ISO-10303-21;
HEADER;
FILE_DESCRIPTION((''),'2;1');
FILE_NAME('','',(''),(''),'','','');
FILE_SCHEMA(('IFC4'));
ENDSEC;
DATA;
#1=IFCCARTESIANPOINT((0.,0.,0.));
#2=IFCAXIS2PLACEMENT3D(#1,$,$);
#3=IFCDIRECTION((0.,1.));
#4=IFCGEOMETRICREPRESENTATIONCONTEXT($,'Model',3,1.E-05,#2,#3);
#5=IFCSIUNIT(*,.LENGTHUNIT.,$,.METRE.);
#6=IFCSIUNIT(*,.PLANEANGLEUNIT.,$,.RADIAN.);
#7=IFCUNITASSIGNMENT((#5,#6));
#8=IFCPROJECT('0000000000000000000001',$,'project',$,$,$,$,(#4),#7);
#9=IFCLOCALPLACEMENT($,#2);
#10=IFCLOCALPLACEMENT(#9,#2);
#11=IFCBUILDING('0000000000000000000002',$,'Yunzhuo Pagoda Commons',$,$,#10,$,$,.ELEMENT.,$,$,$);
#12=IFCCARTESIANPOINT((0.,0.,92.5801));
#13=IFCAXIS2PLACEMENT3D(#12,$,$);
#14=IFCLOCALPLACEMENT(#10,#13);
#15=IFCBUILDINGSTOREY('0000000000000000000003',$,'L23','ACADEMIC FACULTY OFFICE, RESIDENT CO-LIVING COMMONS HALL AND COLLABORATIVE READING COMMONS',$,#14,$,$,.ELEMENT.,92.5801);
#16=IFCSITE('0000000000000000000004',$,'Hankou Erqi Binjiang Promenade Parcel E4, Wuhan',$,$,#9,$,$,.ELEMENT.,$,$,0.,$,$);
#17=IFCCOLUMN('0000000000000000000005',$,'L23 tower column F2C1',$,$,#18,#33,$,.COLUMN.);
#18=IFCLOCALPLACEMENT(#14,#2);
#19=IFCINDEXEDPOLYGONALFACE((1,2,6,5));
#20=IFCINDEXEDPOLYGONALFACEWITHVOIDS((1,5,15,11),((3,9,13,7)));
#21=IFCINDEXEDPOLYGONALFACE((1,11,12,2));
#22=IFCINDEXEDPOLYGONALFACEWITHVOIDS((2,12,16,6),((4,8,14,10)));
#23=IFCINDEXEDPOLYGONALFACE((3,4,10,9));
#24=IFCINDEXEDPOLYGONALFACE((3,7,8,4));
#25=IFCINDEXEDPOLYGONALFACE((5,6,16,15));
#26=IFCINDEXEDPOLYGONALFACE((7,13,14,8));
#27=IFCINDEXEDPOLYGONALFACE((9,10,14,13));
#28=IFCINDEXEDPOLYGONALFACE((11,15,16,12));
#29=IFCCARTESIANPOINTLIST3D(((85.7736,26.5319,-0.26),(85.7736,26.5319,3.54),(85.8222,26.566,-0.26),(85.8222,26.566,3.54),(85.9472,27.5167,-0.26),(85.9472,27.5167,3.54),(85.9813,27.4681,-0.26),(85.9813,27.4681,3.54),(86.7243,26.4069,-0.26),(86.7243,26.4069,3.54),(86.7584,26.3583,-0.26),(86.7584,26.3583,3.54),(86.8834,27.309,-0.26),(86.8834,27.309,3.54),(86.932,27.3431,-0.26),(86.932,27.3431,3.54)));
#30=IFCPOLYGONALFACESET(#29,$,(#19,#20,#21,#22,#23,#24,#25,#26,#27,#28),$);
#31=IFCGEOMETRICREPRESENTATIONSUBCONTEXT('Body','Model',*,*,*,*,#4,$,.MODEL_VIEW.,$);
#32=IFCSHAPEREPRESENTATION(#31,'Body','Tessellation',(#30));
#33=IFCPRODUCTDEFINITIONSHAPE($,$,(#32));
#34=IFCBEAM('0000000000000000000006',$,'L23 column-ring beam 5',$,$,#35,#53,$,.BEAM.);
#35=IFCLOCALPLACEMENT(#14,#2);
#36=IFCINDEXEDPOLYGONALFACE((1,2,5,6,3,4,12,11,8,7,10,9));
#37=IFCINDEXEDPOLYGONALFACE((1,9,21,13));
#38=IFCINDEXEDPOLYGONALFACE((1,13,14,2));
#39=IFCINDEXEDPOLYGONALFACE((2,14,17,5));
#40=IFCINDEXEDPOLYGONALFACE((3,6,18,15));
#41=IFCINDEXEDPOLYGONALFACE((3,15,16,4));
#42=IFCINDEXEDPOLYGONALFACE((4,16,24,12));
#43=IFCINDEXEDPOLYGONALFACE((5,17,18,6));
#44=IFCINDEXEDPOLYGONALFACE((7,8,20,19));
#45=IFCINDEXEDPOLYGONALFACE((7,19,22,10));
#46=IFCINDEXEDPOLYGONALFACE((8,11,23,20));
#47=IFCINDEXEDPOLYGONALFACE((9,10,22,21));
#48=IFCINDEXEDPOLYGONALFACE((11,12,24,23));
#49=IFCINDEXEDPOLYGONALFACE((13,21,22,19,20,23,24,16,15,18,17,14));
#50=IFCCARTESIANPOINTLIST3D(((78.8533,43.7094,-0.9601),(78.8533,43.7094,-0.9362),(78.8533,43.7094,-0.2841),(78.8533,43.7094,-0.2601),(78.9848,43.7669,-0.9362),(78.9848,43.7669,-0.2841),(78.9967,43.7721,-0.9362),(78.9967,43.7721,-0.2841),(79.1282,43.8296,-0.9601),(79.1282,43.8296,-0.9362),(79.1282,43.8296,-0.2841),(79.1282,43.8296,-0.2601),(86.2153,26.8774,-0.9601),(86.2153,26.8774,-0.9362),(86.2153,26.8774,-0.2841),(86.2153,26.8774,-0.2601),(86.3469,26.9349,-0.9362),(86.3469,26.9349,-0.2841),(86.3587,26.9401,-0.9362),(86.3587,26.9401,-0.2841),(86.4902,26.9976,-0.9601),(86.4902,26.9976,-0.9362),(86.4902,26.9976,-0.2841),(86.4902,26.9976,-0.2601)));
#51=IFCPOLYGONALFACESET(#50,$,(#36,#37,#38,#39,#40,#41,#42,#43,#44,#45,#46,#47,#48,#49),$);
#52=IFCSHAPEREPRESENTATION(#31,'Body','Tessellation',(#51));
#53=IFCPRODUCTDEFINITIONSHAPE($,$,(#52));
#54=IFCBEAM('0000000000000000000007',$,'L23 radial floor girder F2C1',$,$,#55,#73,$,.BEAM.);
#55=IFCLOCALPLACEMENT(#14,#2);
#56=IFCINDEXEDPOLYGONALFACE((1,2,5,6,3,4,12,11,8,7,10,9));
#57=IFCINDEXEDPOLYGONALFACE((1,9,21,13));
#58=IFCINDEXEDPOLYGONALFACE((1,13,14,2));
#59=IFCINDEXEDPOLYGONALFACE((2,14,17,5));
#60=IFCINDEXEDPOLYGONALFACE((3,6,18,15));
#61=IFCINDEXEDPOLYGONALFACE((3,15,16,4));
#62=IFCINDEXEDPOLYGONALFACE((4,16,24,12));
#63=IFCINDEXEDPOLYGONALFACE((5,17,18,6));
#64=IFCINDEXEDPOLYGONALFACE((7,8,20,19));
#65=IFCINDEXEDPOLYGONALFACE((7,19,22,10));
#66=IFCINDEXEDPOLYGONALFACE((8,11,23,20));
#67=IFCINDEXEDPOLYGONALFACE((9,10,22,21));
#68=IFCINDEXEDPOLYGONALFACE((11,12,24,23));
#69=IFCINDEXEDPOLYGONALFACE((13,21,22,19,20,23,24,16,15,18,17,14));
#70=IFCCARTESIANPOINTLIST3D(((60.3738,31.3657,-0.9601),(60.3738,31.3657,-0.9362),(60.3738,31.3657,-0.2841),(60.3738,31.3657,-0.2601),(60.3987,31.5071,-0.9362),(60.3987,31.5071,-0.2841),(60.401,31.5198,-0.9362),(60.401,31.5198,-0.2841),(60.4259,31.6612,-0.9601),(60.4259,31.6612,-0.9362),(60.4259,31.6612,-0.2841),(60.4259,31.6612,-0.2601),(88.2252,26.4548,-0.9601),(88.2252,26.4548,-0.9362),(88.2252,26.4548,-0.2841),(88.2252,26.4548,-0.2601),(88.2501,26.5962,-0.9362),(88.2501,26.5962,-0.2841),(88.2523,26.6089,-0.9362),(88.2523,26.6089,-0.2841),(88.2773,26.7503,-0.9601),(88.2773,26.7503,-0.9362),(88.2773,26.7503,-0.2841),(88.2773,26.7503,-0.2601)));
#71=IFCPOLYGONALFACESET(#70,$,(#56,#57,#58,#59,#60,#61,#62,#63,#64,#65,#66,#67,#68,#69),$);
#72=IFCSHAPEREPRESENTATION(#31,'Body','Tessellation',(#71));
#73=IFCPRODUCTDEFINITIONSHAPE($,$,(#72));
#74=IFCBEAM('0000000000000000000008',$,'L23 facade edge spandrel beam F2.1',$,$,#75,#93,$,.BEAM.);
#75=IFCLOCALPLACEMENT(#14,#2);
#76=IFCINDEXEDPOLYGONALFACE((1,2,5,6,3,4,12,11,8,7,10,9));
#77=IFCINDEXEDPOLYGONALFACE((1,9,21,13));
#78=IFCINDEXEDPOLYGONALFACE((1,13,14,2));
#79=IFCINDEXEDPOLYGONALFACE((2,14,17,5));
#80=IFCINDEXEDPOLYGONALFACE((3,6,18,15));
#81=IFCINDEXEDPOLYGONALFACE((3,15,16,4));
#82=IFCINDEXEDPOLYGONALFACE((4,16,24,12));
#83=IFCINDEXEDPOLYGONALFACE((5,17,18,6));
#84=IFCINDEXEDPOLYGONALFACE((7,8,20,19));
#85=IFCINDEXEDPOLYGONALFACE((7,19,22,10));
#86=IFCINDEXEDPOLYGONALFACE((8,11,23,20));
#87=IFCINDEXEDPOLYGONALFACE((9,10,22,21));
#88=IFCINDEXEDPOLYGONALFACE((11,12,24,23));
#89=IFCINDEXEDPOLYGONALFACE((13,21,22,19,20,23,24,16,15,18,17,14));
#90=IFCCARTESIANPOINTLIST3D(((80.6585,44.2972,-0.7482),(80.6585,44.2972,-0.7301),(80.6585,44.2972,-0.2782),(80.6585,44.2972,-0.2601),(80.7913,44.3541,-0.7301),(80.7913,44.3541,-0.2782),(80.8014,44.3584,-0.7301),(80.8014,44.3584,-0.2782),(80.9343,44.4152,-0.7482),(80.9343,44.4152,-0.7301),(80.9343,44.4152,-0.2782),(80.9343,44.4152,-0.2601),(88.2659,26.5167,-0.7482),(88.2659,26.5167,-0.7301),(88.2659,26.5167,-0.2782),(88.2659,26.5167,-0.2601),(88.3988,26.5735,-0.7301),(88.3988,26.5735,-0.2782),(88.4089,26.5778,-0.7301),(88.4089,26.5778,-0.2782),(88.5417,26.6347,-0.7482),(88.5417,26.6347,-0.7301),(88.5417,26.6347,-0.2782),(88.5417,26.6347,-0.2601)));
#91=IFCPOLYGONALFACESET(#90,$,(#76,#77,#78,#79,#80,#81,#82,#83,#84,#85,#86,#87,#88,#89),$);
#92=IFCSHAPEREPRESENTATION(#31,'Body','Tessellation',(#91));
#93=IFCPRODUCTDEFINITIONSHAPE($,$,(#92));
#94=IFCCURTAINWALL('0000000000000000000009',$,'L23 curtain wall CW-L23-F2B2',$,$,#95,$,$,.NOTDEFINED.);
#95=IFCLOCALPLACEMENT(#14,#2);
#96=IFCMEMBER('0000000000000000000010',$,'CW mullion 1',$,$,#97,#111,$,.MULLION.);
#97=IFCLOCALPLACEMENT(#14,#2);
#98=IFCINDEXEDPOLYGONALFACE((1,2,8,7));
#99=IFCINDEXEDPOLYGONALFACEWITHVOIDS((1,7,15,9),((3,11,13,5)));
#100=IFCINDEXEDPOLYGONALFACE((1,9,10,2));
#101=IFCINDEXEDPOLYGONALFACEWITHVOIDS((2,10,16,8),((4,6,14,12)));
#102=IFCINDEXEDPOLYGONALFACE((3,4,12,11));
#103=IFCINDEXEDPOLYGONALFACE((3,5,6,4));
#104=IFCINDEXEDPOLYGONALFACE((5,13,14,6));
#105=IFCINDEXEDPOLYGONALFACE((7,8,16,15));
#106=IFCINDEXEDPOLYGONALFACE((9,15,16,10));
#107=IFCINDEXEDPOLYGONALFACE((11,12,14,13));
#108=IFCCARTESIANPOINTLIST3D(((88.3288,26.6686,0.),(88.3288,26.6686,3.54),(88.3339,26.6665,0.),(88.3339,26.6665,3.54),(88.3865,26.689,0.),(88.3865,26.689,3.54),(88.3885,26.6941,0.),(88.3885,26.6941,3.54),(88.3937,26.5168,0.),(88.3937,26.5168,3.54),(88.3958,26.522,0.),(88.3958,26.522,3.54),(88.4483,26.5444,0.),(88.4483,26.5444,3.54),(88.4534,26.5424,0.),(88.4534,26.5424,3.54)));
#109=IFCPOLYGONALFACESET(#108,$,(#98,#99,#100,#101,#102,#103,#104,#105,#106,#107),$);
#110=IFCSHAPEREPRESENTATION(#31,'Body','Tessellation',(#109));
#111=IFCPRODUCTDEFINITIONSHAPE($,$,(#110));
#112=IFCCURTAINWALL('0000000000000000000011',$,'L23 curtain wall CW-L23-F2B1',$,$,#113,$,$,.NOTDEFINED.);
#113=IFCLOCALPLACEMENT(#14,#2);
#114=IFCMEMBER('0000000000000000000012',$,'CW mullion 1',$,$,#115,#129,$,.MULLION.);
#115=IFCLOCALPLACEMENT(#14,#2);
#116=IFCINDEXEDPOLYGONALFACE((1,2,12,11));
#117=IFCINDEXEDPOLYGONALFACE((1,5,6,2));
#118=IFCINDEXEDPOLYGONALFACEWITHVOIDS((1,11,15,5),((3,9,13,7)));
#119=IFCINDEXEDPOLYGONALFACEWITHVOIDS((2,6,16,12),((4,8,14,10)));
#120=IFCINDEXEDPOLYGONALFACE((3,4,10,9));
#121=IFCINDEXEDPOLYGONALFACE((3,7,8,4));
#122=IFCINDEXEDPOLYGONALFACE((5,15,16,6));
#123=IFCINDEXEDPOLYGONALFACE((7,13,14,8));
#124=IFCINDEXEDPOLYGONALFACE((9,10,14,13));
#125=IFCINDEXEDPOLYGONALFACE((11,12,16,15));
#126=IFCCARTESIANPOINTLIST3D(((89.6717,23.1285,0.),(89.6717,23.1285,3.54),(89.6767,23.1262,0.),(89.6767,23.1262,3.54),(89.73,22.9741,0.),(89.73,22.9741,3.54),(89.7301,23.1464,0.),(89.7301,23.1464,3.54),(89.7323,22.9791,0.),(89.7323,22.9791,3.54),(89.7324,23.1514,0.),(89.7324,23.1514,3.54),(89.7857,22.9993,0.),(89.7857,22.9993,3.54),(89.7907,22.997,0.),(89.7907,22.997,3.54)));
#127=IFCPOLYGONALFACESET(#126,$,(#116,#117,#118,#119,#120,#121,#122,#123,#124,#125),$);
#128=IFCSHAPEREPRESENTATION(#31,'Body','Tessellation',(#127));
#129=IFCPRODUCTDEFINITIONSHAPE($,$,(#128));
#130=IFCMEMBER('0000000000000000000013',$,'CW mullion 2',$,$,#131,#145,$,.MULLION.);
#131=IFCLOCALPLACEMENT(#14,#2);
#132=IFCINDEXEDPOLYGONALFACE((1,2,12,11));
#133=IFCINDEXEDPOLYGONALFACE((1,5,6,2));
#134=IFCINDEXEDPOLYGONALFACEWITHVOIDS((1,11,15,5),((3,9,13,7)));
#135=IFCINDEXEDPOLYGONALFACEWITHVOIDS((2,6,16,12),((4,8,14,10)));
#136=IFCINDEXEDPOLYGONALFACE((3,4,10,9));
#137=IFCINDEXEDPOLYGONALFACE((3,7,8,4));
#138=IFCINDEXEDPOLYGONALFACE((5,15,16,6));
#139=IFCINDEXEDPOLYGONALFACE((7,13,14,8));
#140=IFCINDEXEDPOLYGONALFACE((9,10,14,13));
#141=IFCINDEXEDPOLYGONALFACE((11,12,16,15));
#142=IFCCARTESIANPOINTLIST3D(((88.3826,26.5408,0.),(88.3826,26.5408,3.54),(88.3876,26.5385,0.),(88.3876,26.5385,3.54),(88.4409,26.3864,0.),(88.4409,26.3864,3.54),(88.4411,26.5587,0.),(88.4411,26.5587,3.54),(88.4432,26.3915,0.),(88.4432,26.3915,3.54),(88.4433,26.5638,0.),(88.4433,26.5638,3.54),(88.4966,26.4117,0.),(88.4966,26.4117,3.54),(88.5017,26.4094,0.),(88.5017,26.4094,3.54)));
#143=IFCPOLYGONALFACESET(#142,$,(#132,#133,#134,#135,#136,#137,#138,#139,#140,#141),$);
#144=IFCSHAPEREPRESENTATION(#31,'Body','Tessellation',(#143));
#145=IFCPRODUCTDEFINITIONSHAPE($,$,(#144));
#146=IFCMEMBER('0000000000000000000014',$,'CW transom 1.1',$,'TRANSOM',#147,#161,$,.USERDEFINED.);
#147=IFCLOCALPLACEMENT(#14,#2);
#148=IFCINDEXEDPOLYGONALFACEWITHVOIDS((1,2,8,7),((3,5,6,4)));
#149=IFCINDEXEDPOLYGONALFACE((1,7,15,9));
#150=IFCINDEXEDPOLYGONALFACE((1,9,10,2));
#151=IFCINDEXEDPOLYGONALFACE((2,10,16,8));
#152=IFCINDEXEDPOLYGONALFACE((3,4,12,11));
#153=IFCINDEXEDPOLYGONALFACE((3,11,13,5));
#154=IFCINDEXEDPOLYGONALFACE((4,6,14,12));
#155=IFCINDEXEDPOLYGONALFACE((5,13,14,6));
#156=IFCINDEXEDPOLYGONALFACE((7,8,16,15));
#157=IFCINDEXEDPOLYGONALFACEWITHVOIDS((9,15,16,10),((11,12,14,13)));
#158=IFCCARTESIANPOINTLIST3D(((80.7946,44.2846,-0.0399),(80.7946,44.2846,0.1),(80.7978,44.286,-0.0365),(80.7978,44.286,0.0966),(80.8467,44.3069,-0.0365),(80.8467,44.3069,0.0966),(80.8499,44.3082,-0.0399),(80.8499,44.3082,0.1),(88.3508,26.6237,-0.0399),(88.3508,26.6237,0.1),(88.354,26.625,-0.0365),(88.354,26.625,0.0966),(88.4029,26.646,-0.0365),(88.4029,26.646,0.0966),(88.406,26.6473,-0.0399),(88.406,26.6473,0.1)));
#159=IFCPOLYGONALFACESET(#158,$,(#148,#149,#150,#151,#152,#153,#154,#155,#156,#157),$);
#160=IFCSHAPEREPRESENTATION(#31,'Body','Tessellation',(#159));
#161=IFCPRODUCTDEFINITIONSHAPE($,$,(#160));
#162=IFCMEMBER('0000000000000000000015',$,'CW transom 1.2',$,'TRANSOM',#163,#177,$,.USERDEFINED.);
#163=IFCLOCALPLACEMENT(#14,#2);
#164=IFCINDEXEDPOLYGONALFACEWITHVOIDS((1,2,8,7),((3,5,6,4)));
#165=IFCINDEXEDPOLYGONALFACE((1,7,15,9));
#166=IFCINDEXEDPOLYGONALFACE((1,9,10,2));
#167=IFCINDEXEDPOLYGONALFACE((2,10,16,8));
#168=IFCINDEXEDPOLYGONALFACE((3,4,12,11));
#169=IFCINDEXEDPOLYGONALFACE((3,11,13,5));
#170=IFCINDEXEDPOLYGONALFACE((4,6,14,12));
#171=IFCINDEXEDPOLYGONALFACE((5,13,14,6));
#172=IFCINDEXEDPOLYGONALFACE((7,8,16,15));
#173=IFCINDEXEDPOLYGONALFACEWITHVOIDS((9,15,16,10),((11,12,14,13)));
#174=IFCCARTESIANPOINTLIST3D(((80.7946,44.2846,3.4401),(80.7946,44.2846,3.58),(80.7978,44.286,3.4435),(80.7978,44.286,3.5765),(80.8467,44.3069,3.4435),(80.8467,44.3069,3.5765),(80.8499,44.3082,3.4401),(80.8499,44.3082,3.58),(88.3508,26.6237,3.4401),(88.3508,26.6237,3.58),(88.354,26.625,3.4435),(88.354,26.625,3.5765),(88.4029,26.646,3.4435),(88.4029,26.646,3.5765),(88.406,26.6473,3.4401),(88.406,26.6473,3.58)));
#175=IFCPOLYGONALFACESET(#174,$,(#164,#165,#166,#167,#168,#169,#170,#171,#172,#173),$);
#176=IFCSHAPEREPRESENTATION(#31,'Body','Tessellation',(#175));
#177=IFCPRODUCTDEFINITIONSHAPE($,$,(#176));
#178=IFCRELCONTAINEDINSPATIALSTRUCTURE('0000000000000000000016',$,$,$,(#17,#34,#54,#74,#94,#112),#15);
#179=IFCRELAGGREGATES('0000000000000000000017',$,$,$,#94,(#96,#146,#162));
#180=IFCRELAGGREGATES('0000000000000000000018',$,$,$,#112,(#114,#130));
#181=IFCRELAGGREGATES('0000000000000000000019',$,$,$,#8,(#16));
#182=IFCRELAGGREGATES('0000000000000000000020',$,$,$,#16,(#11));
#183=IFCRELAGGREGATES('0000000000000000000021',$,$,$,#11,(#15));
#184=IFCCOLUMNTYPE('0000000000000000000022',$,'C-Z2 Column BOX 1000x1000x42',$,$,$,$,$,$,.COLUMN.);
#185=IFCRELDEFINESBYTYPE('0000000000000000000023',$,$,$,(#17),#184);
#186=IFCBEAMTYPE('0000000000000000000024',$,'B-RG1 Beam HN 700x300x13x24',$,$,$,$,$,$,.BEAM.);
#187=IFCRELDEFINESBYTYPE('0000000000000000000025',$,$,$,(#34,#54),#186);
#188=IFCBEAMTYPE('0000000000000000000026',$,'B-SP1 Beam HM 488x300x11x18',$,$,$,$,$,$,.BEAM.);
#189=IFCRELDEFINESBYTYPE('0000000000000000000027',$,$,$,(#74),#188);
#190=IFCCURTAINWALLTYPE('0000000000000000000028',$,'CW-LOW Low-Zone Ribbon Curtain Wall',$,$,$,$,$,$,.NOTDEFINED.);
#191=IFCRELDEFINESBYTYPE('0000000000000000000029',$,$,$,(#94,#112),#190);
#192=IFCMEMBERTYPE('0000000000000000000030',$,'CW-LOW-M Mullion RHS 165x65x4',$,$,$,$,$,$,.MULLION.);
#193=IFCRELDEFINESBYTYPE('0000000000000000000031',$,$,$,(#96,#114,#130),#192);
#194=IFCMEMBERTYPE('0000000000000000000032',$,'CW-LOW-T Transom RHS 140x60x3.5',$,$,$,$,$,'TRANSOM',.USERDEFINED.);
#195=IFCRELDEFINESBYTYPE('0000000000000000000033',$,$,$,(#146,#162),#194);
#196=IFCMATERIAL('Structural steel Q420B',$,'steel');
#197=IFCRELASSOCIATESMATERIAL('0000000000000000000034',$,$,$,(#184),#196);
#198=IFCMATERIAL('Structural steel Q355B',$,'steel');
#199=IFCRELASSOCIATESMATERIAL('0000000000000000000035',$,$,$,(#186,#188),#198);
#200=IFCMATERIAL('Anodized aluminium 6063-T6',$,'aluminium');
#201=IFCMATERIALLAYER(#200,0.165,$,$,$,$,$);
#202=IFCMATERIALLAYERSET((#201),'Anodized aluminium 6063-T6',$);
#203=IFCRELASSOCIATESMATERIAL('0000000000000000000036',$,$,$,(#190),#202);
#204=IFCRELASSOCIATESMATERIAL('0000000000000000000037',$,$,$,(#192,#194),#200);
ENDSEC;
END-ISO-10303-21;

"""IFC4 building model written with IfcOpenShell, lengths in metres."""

from ifc_helpers import new_model, si_unit, direction, frame, origin, origin_2d, place, context, subcontext, project, spatial, hollow_rectangle, i_section, extrude, source, transform, mapped, material, layer, layer_set, material_profile, profile_set, type_object, element, aggregate, save


model = new_model("IFC4")

# Units and contexts
model_context = context("Model", 3, precision=1e-05, world=origin(), true_north=direction((0.0, 1.0)))
body_context = subcontext(model_context, "Body", "Model", "MODEL_VIEW")
ifc_project = project(units=[si_unit("LENGTHUNIT", "METRE"), si_unit("PLANEANGLEUNIT", "RADIAN")], contexts=[model_context])

# Site, building, storey
site_placement = place(None, origin())
site = spatial("IfcSite", under=ifc_project, at=site_placement, Name="Hankou Erqi Binjiang Promenade Parcel E4, Wuhan", CompositionType="ELEMENT", RefElevation=0.0)
building_placement = place(site_placement, origin())
building = spatial("IfcBuilding", under=site, at=building_placement, Name="Yunzhuo Pagoda Commons", CompositionType="ELEMENT")
storey_placement = place(building_placement, frame((0.0, 0.0, 92.5801)))
storey = spatial("IfcBuildingStorey", under=building, at=storey_placement, Name="L23", Description="ACADEMIC FACULTY OFFICE, RESIDENT CO-LIVING COMMONS HALL AND COLLABORATIVE READING COMMONS", CompositionType="ELEMENT", Elevation=92.5801)

# Column
ifc_material_1 = material(Name="Structural steel Q420B", Category="steel")
ifc_material_profile_1 = material_profile(ifc_material_1, hollow_rectangle(XDim=1.0, YDim=1.0, WallThickness=0.042, at=origin_2d()), Name="Structural steel Q420B")
ifc_profile_set_1 = profile_set([ifc_material_profile_1], Name="Structural steel Q420B")
column_type = type_object("IfcColumnType", Name="C-Z2 Column BOX 1000x1000x42", PredefinedType="COLUMN", material=ifc_profile_set_1)
shared_shape_1 = source(origin(), body_context, "Body", "SweptSolid", [
    extrude(hollow_rectangle(XDim=1.0, YDim=1.0, WallThickness=0.042, at=origin_2d()), origin(), (0.0, 0.0, 1.0), 3.8),
])
column_placement = place(storey_placement, frame((86.3528, 26.9375, -0.26), z_axis=(0.0, 0.0, 1.0), x_axis=(0.173648, 0.984808, 0.0)))
element("IfcColumn", 1, at=column_placement, inside=storey, type_object=column_type, Name="L23 tower column F2C1", PredefinedType="COLUMN", context=body_context, shape_type="MappedRepresentation", body=[
    mapped(shared_shape_1, transform((0.0, 0.0, 0.0), scale=1.0)),
])

# Beams
ifc_material_2 = material(Name="Structural steel Q355B", Category="steel")
ifc_material_profile_2 = material_profile(ifc_material_2, i_section(OverallWidth=0.3, OverallDepth=0.7, WebThickness=0.0129, FlangeThickness=0.0239, at=origin_2d()), Name="Structural steel Q355B")
ifc_profile_set_2 = profile_set([ifc_material_profile_2], Name="Structural steel Q355B")
beam_type_1 = type_object("IfcBeamType", Name="B-RG1 Beam HN 700x300x13x24", PredefinedType="BEAM", material=ifc_profile_set_2)
shared_shape_2 = source(origin(), body_context, "Body", "SweptSolid", [
    extrude(i_section(OverallWidth=0.3, OverallDepth=0.7, WebThickness=0.0129, FlangeThickness=0.0239, at=origin_2d()), origin(), (0.0, 0.0, 1.0), 18.3716),
])
beam_1_placement = place(storey_placement, frame((86.3528, 26.9375, -0.6101), z_axis=(-0.40073, 0.916196, 0.0), x_axis=(-0.916196, -0.40073, 0.0)))
element("IfcBeam", 2, at=beam_1_placement, inside=storey, type_object=beam_type_1, Name="L23 column-ring beam 5", PredefinedType="BEAM", context=body_context, shape_type="MappedRepresentation", body=[
    mapped(shared_shape_2, transform((0.0, 0.0, 0.0), scale=1.0)),
])
shared_shape_3 = source(origin(), body_context, "Body", "SweptSolid", [
    extrude(i_section(OverallWidth=0.3, OverallDepth=0.7, WebThickness=0.0129, FlangeThickness=0.0239, at=origin_2d()), origin(), (0.0, 0.0, 1.0), 28.281),
])
beam_2_placement = place(storey_placement, frame((88.2512, 26.6025, -0.6101), z_axis=(-0.984808, 0.173646, 0.0), x_axis=(-0.173646, -0.984808, 0.0)))
element("IfcBeam", 3, at=beam_2_placement, inside=storey, type_object=beam_type_1, Name="L23 radial floor girder F2C1", PredefinedType="BEAM", context=body_context, shape_type="MappedRepresentation", body=[
    mapped(shared_shape_3, transform((0.0, 0.0, 0.0), scale=1.0)),
])
ifc_material_profile_3 = material_profile(ifc_material_2, i_section(OverallWidth=0.3, OverallDepth=0.488, WebThickness=0.011, FlangeThickness=0.0181, at=origin_2d()), Name="Structural steel Q355B")
ifc_profile_set_3 = profile_set([ifc_material_profile_3], Name="Structural steel Q355B")
beam_type_2 = type_object("IfcBeamType", Name="B-SP1 Beam HM 488x300x11x18", PredefinedType="BEAM", material=ifc_profile_set_3)
shared_shape_4 = source(origin(), body_context, "Body", "SweptSolid", [
    extrude(i_section(OverallWidth=0.3, OverallDepth=0.488, WebThickness=0.011, FlangeThickness=0.0181, at=origin_2d()), origin(), (0.0, 0.0, 1.0), 19.3396),
])
beam_3_placement = place(storey_placement, frame((88.4038, 26.5757, -0.5042), z_axis=(-0.39336, 0.919384, 0.0), x_axis=(-0.919384, -0.39336, 0.0)))
element("IfcBeam", 4, at=beam_3_placement, inside=storey, type_object=beam_type_2, Name="L23 facade edge spandrel beam F2.1", PredefinedType="BEAM", context=body_context, shape_type="MappedRepresentation", body=[
    mapped(shared_shape_4, transform((0.0, 0.0, 0.0), scale=1.0)),
])

# Curtain wall, member
ifc_material_3 = material(Name="Anodized aluminium 6063-T6", Category="aluminium")
ifc_layer_1 = layer(ifc_material_3, 0.165)
ifc_layer_set_1 = layer_set([ifc_layer_1], Name="Anodized aluminium 6063-T6")
curtain_wall_type_1 = type_object("IfcCurtainWallType", Name="CW-LOW Low-Zone Ribbon Curtain Wall", PredefinedType="NOTDEFINED", material=ifc_layer_set_1)
curtain_wall_1_placement = place(storey_placement, origin())
curtain_wall_1 = element("IfcCurtainWall", 5, at=curtain_wall_1_placement, inside=storey, type_object=curtain_wall_type_1, Name="L23 curtain wall CW-L23-F2B2", PredefinedType="NOTDEFINED")
ifc_material_profile_4 = material_profile(ifc_material_3, hollow_rectangle(XDim=0.0649, YDim=0.165, WallThickness=0.0039, at=origin_2d()), Name="Anodized aluminium 6063-T6")
ifc_profile_set_4 = profile_set([ifc_material_profile_4], Name="Anodized aluminium 6063-T6")
member_type_1 = type_object("IfcMemberType", Name="CW-LOW-M Mullion RHS 165x65x4", PredefinedType="MULLION", material=ifc_profile_set_4)
shared_shape_5 = source(origin(), body_context, "Body", "SweptSolid", [
    extrude(hollow_rectangle(XDim=0.0649, YDim=0.165, WallThickness=0.0039, at=origin_2d()), origin(), (0.0, 0.0, 1.0), 3.54),
])
member_1_placement = place(storey_placement, frame((88.3911, 26.6055, 0.0), z_axis=(0.0, 0.0, 1.0), x_axis=(-0.919383, -0.393364, 0.0)))
member_1 = element("IfcMember", 6, at=member_1_placement, type_object=member_type_1, Name="CW mullion 1", PredefinedType="MULLION", context=body_context, shape_type="MappedRepresentation", body=[
    mapped(shared_shape_5, transform((0.0, 0.0, 0.0), scale=1.0)),
])

# Curtain wall, members
curtain_wall_2_placement = place(storey_placement, origin())
curtain_wall_2 = element("IfcCurtainWall", 7, at=curtain_wall_2_placement, inside=storey, type_object=curtain_wall_type_1, Name="L23 curtain wall CW-L23-F2B1", PredefinedType="NOTDEFINED")
member_2_placement = place(storey_placement, frame((89.7312, 23.0627, 0.0), z_axis=(0.0, 0.0, 1.0), x_axis=(-0.935454, -0.353448, 0.0)))
member_2 = element("IfcMember", 8, at=member_2_placement, type_object=member_type_1, Name="CW mullion 1", PredefinedType="MULLION", context=body_context, shape_type="MappedRepresentation", body=[
    mapped(shared_shape_5, transform((0.0, 0.0, 0.0), scale=1.0)),
])
member_3_placement = place(storey_placement, frame((88.4421, 26.4751, 0.0), z_axis=(0.0, 0.0, 1.0), x_axis=(-0.935454, -0.353448, 0.0)))
member_3 = element("IfcMember", 9, at=member_3_placement, type_object=member_type_1, Name="CW mullion 2", PredefinedType="MULLION", context=body_context, shape_type="MappedRepresentation", body=[
    mapped(shared_shape_5, transform((0.0, 0.0, 0.0), scale=1.0)),
])

# Members
ifc_material_profile_5 = material_profile(ifc_material_3, hollow_rectangle(XDim=0.0601, YDim=0.1399, WallThickness=0.0034, at=origin_2d()), Name="Anodized aluminium 6063-T6")
ifc_profile_set_5 = profile_set([ifc_material_profile_5], Name="Anodized aluminium 6063-T6")
member_type_2 = type_object("IfcMemberType", Name="CW-LOW-T Transom RHS 140x60x3.5", ElementType="TRANSOM", PredefinedType="USERDEFINED", material=ifc_profile_set_5)
shared_shape_6 = source(origin(), body_context, "Body", "SweptSolid", [
    extrude(hollow_rectangle(XDim=0.0601, YDim=0.1399, WallThickness=0.0034, at=origin_2d()), origin(), (0.0, 0.0, 1.0), 19.2095),
])
member_4_placement = place(storey_placement, frame((88.3784, 26.6355, 0.03), z_axis=(-0.393356, 0.919386, 0.0), x_axis=(-0.919386, -0.393356, 0.0)))
member_4 = element("IfcMember", 10, at=member_4_placement, type_object=member_type_2, Name="CW transom 1.1", ObjectType="TRANSOM", PredefinedType="USERDEFINED", context=body_context, shape_type="MappedRepresentation", body=[
    mapped(shared_shape_6, transform((0.0, 0.0, 0.0), scale=1.0)),
])
member_5_placement = place(storey_placement, frame((88.3784, 26.6355, 3.51), z_axis=(-0.393356, 0.919386, 0.0), x_axis=(-0.919386, -0.393356, 0.0)))
member_5 = element("IfcMember", 11, at=member_5_placement, type_object=member_type_2, Name="CW transom 1.2", ObjectType="TRANSOM", PredefinedType="USERDEFINED", context=body_context, shape_type="MappedRepresentation", body=[
    mapped(shared_shape_6, transform((0.0, 0.0, 0.0), scale=1.0)),
])

aggregate(curtain_wall_1, [member_1, member_4, member_5])
aggregate(curtain_wall_2, [member_2, member_3])

save(model, "model.ifc")
